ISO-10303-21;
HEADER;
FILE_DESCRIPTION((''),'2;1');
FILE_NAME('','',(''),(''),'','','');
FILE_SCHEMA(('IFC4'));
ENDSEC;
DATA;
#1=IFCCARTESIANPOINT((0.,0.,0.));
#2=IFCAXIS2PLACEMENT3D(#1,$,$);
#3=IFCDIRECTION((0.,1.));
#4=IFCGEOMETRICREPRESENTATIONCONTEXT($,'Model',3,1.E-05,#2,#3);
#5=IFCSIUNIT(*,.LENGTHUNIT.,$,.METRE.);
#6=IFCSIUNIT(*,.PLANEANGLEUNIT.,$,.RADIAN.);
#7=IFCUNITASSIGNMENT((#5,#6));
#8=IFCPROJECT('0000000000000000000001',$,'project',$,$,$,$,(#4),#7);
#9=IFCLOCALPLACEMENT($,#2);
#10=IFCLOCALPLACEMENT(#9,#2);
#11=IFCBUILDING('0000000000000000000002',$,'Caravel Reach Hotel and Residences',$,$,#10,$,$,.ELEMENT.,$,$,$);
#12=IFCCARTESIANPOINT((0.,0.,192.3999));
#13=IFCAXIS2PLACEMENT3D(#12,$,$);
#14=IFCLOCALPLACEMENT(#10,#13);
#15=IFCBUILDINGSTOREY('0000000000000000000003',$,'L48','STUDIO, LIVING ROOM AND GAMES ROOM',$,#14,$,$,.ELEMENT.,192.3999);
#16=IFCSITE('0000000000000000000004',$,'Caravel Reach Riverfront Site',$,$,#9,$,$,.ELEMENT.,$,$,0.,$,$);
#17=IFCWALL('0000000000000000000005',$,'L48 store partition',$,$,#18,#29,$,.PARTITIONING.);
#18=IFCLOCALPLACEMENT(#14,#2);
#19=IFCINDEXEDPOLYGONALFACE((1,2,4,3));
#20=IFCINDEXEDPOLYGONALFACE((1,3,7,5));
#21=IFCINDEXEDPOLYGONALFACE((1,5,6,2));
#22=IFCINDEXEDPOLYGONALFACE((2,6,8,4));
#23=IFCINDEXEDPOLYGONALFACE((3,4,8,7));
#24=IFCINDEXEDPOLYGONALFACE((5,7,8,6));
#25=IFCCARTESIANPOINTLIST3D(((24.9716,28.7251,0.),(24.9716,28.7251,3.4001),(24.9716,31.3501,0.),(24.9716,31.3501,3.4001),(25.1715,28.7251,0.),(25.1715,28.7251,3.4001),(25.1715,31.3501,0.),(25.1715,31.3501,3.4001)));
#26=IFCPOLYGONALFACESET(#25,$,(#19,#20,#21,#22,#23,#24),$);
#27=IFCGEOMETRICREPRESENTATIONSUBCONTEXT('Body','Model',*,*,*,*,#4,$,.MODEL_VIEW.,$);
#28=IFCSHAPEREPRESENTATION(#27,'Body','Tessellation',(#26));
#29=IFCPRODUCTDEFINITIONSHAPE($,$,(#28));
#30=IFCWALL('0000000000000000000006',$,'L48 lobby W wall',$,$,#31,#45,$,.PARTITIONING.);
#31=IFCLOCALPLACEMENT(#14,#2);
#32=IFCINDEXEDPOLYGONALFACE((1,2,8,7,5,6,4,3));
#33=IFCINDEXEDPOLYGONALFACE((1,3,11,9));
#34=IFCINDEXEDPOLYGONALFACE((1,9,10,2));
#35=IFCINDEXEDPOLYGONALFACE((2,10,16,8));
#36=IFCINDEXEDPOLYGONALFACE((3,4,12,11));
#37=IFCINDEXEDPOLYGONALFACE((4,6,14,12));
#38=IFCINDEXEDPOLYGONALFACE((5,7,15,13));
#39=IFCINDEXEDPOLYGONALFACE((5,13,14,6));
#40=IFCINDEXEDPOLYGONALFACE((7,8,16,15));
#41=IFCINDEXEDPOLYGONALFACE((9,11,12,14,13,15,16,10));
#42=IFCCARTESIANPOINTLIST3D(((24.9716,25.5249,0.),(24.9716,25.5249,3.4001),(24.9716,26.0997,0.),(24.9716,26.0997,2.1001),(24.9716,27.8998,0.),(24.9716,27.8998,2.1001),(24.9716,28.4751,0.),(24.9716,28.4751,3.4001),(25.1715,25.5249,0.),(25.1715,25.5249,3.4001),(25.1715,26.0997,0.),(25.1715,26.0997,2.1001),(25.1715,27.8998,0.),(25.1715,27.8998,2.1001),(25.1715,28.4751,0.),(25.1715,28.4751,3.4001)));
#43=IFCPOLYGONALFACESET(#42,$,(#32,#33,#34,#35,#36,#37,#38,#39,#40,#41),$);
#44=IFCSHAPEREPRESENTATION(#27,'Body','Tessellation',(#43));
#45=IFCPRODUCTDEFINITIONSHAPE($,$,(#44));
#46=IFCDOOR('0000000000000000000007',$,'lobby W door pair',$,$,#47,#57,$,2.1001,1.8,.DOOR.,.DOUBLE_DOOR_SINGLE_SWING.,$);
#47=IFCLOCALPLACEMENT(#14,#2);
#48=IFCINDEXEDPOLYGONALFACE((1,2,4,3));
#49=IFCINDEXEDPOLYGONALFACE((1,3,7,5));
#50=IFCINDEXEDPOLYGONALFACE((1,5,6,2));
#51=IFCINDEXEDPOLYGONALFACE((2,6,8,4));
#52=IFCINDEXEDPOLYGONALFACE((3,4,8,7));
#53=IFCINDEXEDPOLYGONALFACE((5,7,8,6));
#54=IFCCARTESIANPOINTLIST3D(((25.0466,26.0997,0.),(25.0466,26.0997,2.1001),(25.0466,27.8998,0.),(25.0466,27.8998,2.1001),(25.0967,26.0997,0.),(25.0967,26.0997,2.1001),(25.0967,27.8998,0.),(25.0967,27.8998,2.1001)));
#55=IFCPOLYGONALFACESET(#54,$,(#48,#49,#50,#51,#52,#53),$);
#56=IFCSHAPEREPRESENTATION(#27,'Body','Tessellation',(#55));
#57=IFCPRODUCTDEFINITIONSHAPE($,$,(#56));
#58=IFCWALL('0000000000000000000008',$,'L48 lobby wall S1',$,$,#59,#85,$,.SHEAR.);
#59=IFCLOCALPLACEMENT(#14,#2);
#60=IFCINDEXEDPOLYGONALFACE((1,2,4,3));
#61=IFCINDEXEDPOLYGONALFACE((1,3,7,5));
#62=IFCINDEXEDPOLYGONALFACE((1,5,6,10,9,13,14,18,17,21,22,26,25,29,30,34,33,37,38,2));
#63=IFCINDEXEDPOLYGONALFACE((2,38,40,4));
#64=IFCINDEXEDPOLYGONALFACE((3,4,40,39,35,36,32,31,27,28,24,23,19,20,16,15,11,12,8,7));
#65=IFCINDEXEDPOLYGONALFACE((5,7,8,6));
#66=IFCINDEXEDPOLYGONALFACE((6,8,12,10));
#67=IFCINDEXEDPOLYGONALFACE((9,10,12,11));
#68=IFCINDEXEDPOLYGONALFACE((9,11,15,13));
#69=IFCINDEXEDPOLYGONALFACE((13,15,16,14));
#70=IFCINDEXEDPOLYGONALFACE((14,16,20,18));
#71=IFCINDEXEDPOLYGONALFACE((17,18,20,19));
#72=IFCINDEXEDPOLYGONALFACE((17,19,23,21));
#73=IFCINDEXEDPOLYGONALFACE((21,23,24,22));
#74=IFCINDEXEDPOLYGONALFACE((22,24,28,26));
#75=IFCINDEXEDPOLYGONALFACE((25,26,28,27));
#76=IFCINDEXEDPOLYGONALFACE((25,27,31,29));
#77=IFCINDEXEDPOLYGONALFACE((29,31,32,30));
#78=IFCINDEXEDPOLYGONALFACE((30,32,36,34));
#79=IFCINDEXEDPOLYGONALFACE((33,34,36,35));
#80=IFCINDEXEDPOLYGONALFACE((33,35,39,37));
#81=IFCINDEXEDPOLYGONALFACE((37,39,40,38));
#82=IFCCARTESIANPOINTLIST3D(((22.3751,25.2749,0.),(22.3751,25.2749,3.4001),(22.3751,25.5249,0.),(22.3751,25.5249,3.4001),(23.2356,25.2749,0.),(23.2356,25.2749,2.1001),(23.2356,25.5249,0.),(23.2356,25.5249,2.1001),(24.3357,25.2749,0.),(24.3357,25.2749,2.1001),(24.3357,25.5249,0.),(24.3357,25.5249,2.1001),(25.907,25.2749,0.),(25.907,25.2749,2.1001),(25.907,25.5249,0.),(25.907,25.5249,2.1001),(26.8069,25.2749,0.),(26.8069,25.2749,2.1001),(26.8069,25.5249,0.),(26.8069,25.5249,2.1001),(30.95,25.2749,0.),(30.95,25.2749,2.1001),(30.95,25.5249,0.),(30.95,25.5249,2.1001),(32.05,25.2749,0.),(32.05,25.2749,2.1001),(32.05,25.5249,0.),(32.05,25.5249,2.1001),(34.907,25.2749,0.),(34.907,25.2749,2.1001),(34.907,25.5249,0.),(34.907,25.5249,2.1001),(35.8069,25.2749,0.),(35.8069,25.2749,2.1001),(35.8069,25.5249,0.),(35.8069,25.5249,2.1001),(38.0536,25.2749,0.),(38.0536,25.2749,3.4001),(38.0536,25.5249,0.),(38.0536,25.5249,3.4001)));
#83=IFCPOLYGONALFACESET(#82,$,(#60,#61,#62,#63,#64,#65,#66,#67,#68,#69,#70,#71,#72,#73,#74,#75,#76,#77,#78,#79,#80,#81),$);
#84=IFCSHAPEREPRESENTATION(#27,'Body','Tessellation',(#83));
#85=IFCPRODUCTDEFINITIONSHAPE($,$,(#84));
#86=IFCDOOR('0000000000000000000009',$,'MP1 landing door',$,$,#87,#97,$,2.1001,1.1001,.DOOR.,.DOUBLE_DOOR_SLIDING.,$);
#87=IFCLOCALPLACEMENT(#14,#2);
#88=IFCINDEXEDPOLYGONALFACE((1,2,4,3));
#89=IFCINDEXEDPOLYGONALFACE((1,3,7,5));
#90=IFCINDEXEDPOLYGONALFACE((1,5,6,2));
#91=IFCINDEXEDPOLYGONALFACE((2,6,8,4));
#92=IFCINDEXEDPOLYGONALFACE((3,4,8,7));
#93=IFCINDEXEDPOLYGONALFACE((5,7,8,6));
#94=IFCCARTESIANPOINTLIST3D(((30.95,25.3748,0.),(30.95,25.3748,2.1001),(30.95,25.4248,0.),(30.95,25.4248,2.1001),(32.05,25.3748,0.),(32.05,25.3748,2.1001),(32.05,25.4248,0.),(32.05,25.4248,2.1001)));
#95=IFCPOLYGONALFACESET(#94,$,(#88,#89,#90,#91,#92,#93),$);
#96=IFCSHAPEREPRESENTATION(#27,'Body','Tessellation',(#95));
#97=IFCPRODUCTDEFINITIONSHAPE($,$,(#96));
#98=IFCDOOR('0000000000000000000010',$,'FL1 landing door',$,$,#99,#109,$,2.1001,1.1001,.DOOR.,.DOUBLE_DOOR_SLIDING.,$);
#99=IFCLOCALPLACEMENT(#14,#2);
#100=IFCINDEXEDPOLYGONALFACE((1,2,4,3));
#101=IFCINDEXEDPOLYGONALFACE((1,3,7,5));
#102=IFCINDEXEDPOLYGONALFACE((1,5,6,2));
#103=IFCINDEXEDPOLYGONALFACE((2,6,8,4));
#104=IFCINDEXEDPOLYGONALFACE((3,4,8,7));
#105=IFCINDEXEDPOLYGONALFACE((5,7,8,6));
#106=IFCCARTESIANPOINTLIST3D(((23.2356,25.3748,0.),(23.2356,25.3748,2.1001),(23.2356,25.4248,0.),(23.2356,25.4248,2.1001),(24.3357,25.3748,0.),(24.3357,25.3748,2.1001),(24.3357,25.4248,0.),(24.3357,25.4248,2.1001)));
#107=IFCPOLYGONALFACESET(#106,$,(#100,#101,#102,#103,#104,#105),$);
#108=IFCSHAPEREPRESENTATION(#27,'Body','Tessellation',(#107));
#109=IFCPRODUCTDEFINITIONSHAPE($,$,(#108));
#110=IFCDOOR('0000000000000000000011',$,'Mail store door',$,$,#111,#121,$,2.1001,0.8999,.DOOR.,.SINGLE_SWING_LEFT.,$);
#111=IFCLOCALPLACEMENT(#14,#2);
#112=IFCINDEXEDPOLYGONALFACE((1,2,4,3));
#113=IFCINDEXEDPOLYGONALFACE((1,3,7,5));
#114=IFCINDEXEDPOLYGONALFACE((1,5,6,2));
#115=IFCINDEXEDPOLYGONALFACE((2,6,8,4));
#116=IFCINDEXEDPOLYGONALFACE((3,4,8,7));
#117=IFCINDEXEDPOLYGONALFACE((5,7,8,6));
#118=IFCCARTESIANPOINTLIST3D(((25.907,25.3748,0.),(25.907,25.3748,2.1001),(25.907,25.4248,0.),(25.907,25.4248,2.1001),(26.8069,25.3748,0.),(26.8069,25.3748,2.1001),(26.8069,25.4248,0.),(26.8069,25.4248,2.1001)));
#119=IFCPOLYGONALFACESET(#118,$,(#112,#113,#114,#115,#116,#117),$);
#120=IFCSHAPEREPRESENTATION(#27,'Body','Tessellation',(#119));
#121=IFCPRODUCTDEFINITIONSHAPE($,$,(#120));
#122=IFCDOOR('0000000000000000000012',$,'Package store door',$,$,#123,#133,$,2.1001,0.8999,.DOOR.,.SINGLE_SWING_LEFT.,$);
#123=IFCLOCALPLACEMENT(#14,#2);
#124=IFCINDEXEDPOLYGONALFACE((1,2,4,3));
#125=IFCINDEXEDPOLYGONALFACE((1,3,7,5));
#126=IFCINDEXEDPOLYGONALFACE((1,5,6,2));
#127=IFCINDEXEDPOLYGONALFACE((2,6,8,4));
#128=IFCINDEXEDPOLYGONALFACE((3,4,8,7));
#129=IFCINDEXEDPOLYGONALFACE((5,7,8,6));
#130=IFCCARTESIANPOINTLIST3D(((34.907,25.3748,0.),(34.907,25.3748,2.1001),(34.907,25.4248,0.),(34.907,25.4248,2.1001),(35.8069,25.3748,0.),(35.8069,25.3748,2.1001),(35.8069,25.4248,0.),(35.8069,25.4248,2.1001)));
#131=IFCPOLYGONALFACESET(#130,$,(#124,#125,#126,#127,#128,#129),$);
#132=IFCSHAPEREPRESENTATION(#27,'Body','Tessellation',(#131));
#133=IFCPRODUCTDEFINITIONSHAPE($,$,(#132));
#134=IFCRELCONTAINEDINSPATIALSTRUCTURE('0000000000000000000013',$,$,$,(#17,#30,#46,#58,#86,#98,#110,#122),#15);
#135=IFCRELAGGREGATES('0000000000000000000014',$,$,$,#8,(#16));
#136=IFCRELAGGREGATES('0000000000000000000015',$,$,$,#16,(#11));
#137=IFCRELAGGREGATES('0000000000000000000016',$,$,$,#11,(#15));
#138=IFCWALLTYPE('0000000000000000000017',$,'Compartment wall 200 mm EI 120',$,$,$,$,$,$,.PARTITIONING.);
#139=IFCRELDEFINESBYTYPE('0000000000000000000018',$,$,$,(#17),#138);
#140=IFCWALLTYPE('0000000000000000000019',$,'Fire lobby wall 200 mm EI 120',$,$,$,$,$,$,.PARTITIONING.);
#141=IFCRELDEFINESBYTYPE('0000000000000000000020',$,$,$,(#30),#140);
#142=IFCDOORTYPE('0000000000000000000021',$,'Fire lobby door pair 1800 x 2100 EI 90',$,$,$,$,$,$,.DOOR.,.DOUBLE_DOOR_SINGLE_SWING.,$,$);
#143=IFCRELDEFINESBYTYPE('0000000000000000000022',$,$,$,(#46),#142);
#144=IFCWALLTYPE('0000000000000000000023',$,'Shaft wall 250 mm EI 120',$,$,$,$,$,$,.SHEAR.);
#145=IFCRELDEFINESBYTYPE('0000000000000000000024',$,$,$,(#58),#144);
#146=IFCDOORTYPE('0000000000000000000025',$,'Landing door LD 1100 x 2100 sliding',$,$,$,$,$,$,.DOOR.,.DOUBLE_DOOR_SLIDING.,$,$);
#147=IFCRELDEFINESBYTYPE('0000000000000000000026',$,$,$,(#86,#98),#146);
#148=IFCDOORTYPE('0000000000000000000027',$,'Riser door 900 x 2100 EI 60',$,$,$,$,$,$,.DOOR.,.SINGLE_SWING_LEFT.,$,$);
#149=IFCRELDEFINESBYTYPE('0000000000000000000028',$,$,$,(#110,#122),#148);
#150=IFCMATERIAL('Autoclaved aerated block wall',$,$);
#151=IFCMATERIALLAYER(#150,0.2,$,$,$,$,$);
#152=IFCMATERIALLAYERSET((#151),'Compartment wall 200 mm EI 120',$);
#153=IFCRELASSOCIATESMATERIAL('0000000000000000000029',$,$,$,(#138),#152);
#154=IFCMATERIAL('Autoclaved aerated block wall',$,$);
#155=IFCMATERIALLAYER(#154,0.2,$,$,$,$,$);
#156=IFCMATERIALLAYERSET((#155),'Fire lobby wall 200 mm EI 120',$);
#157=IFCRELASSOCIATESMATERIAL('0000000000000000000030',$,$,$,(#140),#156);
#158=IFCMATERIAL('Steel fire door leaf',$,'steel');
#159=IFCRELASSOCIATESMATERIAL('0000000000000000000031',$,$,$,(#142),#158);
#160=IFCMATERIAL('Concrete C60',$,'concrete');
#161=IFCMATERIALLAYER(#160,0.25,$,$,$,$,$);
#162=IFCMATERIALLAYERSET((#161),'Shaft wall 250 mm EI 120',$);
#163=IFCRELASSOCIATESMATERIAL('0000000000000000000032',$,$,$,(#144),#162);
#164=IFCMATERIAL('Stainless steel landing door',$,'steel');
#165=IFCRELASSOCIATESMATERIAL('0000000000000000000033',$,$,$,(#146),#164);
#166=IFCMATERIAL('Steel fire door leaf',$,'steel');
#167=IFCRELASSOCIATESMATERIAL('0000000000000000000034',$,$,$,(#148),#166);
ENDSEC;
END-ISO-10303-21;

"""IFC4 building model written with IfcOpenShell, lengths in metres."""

from ifc_helpers import new_model, si_unit, direction, frame, frame_2d, origin, place, context, subcontext, project, spatial, rectangle, extrude, material, layer, layer_set, type_object, element, fill, save


model = new_model("IFC4")

# Units and contexts
model_context = context("Model", 3, precision=1e-05, world=origin(), true_north=direction((0.0, 1.0)))
body_context = subcontext(model_context, "Body", "Model", "MODEL_VIEW")
ifc_project = project(units=[si_unit("LENGTHUNIT", "METRE"), si_unit("PLANEANGLEUNIT", "RADIAN")], contexts=[model_context])

# Site, building, storey
site_placement = place(None, origin())
site = spatial("IfcSite", under=ifc_project, at=site_placement, Name="Caravel Reach Riverfront Site", CompositionType="ELEMENT", RefElevation=0.0)
building_placement = place(site_placement, origin())
building = spatial("IfcBuilding", under=site, at=building_placement, Name="Caravel Reach Hotel and Residences", CompositionType="ELEMENT")
storey_placement = place(building_placement, frame((0.0, 0.0, 192.3999)))
storey = spatial("IfcBuildingStorey", under=building, at=storey_placement, Name="L48", Description="STUDIO, LIVING ROOM AND GAMES ROOM", CompositionType="ELEMENT", Elevation=192.3999)

# Wall
ifc_material_1 = material(Name="Autoclaved aerated block wall")
ifc_layer_1 = layer(ifc_material_1, 0.2)
ifc_layer_set_1 = layer_set([ifc_layer_1], Name="Compartment wall 200 mm EI 120")
wall_type_1 = type_object("IfcWallType", Name="Compartment wall 200 mm EI 120", PredefinedType="PARTITIONING", material=ifc_layer_set_1)
wall_1_placement = place(storey_placement, frame((25.0715, 28.7251, 0.0), z_axis=(0.0, 0.0, 1.0), x_axis=(0.0, 1.0, 0.0)))
element("IfcWall", 1, at=wall_1_placement, inside=storey, type_object=wall_type_1, Name="L48 store partition", PredefinedType="PARTITIONING", context=body_context, shape_type="SweptSolid", body=[
    extrude(rectangle(XDim=2.625, YDim=0.2, at=frame_2d((1.3125, 0.0))), origin(), (0.0, 0.0, 1.0), 3.4001),
])

# Wall, opening, door
ifc_material_2 = material(Name="Autoclaved aerated block wall")
ifc_layer_2 = layer(ifc_material_2, 0.2)
ifc_layer_set_2 = layer_set([ifc_layer_2], Name="Fire lobby wall 200 mm EI 120")
wall_type_2 = type_object("IfcWallType", Name="Fire lobby wall 200 mm EI 120", PredefinedType="PARTITIONING", material=ifc_layer_set_2)
wall_2_placement = place(storey_placement, frame((25.0715, 25.5249, 0.0), z_axis=(0.0, 0.0, 1.0), x_axis=(0.0, 1.0, 0.0)))
wall_2 = element("IfcWall", 2, at=wall_2_placement, inside=storey, type_object=wall_type_2, Name="L48 lobby W wall", PredefinedType="PARTITIONING", context=body_context, shape_type="SweptSolid", body=[
    extrude(rectangle(XDim=2.9502, YDim=0.2, at=frame_2d((1.4751, 0.0))), origin(), (0.0, 0.0, 1.0), 3.4001),
])
opening_1_placement = place(wall_2_placement, frame((0.575, 0.0, 0.0)))
opening_1 = element("IfcOpeningElement", 3, at=opening_1_placement, cuts=wall_2, PredefinedType="OPENING", context=body_context, shape_type="SweptSolid", body=[
    extrude(rectangle(XDim=1.8, YDim=2.1001, at=frame_2d((0.8999, 1.05))), frame((0.0, 0.1099, 0.0), z_axis=(0.0, -1.0, 0.0), x_axis=(1.0, 0.0, 0.0)), (0.0, 0.0, 1.0), 0.22),
])
ifc_material_3 = material(Name="Steel fire door leaf", Category="steel")
door_type_1 = type_object("IfcDoorType", Name="Fire lobby door pair 1800 x 2100 EI 90", OperationType="DOUBLE_DOOR_SINGLE_SWING", PredefinedType="DOOR", material=ifc_material_3)
door_1_placement = place(opening_1_placement, origin())
door_1 = element("IfcDoor", 4, at=door_1_placement, inside=storey, type_object=door_type_1, Name="lobby W door pair", OperationType="DOUBLE_DOOR_SINGLE_SWING", OverallHeight=2.1001, OverallWidth=1.8, PredefinedType="DOOR", context=body_context, shape_type="SweptSolid", body=[
    extrude(rectangle(XDim=1.8, YDim=2.1001, at=frame_2d((0.8999, 1.05))), frame((0.0, 0.0249, 0.0), z_axis=(0.0, -1.0, 0.0), x_axis=(1.0, 0.0, 0.0)), (0.0, 0.0, 1.0), 0.05),
])
fill(opening_1, door_1)

# Wall, openings, doors
ifc_material_4 = material(Name="Concrete C60", Category="concrete")
ifc_layer_3 = layer(ifc_material_4, 0.25)
ifc_layer_set_3 = layer_set([ifc_layer_3], Name="Shaft wall 250 mm EI 120")
wall_type_3 = type_object("IfcWallType", Name="Shaft wall 250 mm EI 120", PredefinedType="SHEAR", material=ifc_layer_set_3)
wall_3_placement = place(storey_placement, frame((22.375, 25.3999, 0.0), z_axis=(0.0, 0.0, 1.0), x_axis=(1.0, 0.0, 0.0)))
wall_3 = element("IfcWall", 5, at=wall_3_placement, inside=storey, type_object=wall_type_3, Name="L48 lobby wall S1", PredefinedType="SHEAR", context=body_context, shape_type="SweptSolid", body=[
    extrude(rectangle(XDim=15.6785, YDim=0.25, at=frame_2d((7.8394, 0.0))), origin(), (0.0, 0.0, 1.0), 3.4001),
])
opening_2_placement = place(wall_3_placement, frame((8.575, 0.0, 0.0)))
opening_2 = element("IfcOpeningElement", 6, at=opening_2_placement, cuts=wall_3, PredefinedType="OPENING", context=body_context, shape_type="SweptSolid", body=[
    extrude(rectangle(XDim=1.1001, YDim=2.1001, at=frame_2d((0.55, 1.05))), frame((0.0, 0.135, 0.0), z_axis=(0.0, -1.0, 0.0), x_axis=(1.0, 0.0, 0.0)), (0.0, 0.0, 1.0), 0.27),
])
opening_3_placement = place(wall_3_placement, frame((0.8606, 0.0, 0.0)))
opening_3 = element("IfcOpeningElement", 7, at=opening_3_placement, cuts=wall_3, PredefinedType="OPENING", context=body_context, shape_type="SweptSolid", body=[
    extrude(rectangle(XDim=1.1001, YDim=2.1001, at=frame_2d((0.55, 1.05))), frame((0.0, 0.135, 0.0), z_axis=(0.0, -1.0, 0.0), x_axis=(1.0, 0.0, 0.0)), (0.0, 0.0, 1.0), 0.27),
])
opening_4_placement = place(wall_3_placement, frame((3.532, 0.0, 0.0)))
opening_4 = element("IfcOpeningElement", 8, at=opening_4_placement, cuts=wall_3, PredefinedType="OPENING", context=body_context, shape_type="SweptSolid", body=[
    extrude(rectangle(XDim=0.8999, YDim=2.1001, at=frame_2d((0.45, 1.05))), frame((0.0, 0.135, 0.0), z_axis=(0.0, -1.0, 0.0), x_axis=(1.0, 0.0, 0.0)), (0.0, 0.0, 1.0), 0.27),
])
opening_5_placement = place(wall_3_placement, frame((12.532, 0.0, 0.0)))
opening_5 = element("IfcOpeningElement", 9, at=opening_5_placement, cuts=wall_3, PredefinedType="OPENING", context=body_context, shape_type="SweptSolid", body=[
    extrude(rectangle(XDim=0.8999, YDim=2.1001, at=frame_2d((0.45, 1.05))), frame((0.0, 0.135, 0.0), z_axis=(0.0, -1.0, 0.0), x_axis=(1.0, 0.0, 0.0)), (0.0, 0.0, 1.0), 0.27),
])
ifc_material_5 = material(Name="Stainless steel landing door", Category="steel")
door_type_2 = type_object("IfcDoorType", Name="Landing door LD 1100 x 2100 sliding", OperationType="DOUBLE_DOOR_SLIDING", PredefinedType="DOOR", material=ifc_material_5)
door_2_placement = place(opening_2_placement, origin())
door_2 = element("IfcDoor", 10, at=door_2_placement, inside=storey, type_object=door_type_2, Name="MP1 landing door", OperationType="DOUBLE_DOOR_SLIDING", OverallHeight=2.1001, OverallWidth=1.1001, PredefinedType="DOOR", context=body_context, shape_type="SweptSolid", body=[
    extrude(rectangle(XDim=1.1001, YDim=2.1001, at=frame_2d((0.55, 1.05))), frame((0.0, 0.0249, 0.0), z_axis=(0.0, -1.0, 0.0), x_axis=(1.0, 0.0, 0.0)), (0.0, 0.0, 1.0), 0.05),
])
fill(opening_2, door_2)
door_3_placement = place(opening_3_placement, origin())
door_3 = element("IfcDoor", 11, at=door_3_placement, inside=storey, type_object=door_type_2, Name="FL1 landing door", OperationType="DOUBLE_DOOR_SLIDING", OverallHeight=2.1001, OverallWidth=1.1001, PredefinedType="DOOR", context=body_context, shape_type="SweptSolid", body=[
    extrude(rectangle(XDim=1.1001, YDim=2.1001, at=frame_2d((0.55, 1.05))), frame((0.0, 0.0249, 0.0), z_axis=(0.0, -1.0, 0.0), x_axis=(1.0, 0.0, 0.0)), (0.0, 0.0, 1.0), 0.05),
])
fill(opening_3, door_3)
ifc_material_6 = material(Name="Steel fire door leaf", Category="steel")
door_type_3 = type_object("IfcDoorType", Name="Riser door 900 x 2100 EI 60", OperationType="SINGLE_SWING_LEFT", PredefinedType="DOOR", material=ifc_material_6)
door_4_placement = place(opening_4_placement, origin())
door_4 = element("IfcDoor", 12, at=door_4_placement, inside=storey, type_object=door_type_3, Name="Mail store door", OperationType="SINGLE_SWING_LEFT", OverallHeight=2.1001, OverallWidth=0.8999, PredefinedType="DOOR", context=body_context, shape_type="SweptSolid", body=[
    extrude(rectangle(XDim=0.8999, YDim=2.1001, at=frame_2d((0.45, 1.05))), frame((0.0, 0.0249, 0.0), z_axis=(0.0, -1.0, 0.0), x_axis=(1.0, 0.0, 0.0)), (0.0, 0.0, 1.0), 0.05),
])
fill(opening_4, door_4)
door_5_placement = place(opening_5_placement, origin())
door_5 = element("IfcDoor", 13, at=door_5_placement, inside=storey, type_object=door_type_3, Name="Package store door", OperationType="SINGLE_SWING_LEFT", OverallHeight=2.1001, OverallWidth=0.8999, PredefinedType="DOOR", context=body_context, shape_type="SweptSolid", body=[
    extrude(rectangle(XDim=0.8999, YDim=2.1001, at=frame_2d((0.45, 1.05))), frame((0.0, 0.0249, 0.0), z_axis=(0.0, -1.0, 0.0), x_axis=(1.0, 0.0, 0.0)), (0.0, 0.0, 1.0), 0.05),
])
fill(opening_5, door_5)

save(model, "model.ifc")
